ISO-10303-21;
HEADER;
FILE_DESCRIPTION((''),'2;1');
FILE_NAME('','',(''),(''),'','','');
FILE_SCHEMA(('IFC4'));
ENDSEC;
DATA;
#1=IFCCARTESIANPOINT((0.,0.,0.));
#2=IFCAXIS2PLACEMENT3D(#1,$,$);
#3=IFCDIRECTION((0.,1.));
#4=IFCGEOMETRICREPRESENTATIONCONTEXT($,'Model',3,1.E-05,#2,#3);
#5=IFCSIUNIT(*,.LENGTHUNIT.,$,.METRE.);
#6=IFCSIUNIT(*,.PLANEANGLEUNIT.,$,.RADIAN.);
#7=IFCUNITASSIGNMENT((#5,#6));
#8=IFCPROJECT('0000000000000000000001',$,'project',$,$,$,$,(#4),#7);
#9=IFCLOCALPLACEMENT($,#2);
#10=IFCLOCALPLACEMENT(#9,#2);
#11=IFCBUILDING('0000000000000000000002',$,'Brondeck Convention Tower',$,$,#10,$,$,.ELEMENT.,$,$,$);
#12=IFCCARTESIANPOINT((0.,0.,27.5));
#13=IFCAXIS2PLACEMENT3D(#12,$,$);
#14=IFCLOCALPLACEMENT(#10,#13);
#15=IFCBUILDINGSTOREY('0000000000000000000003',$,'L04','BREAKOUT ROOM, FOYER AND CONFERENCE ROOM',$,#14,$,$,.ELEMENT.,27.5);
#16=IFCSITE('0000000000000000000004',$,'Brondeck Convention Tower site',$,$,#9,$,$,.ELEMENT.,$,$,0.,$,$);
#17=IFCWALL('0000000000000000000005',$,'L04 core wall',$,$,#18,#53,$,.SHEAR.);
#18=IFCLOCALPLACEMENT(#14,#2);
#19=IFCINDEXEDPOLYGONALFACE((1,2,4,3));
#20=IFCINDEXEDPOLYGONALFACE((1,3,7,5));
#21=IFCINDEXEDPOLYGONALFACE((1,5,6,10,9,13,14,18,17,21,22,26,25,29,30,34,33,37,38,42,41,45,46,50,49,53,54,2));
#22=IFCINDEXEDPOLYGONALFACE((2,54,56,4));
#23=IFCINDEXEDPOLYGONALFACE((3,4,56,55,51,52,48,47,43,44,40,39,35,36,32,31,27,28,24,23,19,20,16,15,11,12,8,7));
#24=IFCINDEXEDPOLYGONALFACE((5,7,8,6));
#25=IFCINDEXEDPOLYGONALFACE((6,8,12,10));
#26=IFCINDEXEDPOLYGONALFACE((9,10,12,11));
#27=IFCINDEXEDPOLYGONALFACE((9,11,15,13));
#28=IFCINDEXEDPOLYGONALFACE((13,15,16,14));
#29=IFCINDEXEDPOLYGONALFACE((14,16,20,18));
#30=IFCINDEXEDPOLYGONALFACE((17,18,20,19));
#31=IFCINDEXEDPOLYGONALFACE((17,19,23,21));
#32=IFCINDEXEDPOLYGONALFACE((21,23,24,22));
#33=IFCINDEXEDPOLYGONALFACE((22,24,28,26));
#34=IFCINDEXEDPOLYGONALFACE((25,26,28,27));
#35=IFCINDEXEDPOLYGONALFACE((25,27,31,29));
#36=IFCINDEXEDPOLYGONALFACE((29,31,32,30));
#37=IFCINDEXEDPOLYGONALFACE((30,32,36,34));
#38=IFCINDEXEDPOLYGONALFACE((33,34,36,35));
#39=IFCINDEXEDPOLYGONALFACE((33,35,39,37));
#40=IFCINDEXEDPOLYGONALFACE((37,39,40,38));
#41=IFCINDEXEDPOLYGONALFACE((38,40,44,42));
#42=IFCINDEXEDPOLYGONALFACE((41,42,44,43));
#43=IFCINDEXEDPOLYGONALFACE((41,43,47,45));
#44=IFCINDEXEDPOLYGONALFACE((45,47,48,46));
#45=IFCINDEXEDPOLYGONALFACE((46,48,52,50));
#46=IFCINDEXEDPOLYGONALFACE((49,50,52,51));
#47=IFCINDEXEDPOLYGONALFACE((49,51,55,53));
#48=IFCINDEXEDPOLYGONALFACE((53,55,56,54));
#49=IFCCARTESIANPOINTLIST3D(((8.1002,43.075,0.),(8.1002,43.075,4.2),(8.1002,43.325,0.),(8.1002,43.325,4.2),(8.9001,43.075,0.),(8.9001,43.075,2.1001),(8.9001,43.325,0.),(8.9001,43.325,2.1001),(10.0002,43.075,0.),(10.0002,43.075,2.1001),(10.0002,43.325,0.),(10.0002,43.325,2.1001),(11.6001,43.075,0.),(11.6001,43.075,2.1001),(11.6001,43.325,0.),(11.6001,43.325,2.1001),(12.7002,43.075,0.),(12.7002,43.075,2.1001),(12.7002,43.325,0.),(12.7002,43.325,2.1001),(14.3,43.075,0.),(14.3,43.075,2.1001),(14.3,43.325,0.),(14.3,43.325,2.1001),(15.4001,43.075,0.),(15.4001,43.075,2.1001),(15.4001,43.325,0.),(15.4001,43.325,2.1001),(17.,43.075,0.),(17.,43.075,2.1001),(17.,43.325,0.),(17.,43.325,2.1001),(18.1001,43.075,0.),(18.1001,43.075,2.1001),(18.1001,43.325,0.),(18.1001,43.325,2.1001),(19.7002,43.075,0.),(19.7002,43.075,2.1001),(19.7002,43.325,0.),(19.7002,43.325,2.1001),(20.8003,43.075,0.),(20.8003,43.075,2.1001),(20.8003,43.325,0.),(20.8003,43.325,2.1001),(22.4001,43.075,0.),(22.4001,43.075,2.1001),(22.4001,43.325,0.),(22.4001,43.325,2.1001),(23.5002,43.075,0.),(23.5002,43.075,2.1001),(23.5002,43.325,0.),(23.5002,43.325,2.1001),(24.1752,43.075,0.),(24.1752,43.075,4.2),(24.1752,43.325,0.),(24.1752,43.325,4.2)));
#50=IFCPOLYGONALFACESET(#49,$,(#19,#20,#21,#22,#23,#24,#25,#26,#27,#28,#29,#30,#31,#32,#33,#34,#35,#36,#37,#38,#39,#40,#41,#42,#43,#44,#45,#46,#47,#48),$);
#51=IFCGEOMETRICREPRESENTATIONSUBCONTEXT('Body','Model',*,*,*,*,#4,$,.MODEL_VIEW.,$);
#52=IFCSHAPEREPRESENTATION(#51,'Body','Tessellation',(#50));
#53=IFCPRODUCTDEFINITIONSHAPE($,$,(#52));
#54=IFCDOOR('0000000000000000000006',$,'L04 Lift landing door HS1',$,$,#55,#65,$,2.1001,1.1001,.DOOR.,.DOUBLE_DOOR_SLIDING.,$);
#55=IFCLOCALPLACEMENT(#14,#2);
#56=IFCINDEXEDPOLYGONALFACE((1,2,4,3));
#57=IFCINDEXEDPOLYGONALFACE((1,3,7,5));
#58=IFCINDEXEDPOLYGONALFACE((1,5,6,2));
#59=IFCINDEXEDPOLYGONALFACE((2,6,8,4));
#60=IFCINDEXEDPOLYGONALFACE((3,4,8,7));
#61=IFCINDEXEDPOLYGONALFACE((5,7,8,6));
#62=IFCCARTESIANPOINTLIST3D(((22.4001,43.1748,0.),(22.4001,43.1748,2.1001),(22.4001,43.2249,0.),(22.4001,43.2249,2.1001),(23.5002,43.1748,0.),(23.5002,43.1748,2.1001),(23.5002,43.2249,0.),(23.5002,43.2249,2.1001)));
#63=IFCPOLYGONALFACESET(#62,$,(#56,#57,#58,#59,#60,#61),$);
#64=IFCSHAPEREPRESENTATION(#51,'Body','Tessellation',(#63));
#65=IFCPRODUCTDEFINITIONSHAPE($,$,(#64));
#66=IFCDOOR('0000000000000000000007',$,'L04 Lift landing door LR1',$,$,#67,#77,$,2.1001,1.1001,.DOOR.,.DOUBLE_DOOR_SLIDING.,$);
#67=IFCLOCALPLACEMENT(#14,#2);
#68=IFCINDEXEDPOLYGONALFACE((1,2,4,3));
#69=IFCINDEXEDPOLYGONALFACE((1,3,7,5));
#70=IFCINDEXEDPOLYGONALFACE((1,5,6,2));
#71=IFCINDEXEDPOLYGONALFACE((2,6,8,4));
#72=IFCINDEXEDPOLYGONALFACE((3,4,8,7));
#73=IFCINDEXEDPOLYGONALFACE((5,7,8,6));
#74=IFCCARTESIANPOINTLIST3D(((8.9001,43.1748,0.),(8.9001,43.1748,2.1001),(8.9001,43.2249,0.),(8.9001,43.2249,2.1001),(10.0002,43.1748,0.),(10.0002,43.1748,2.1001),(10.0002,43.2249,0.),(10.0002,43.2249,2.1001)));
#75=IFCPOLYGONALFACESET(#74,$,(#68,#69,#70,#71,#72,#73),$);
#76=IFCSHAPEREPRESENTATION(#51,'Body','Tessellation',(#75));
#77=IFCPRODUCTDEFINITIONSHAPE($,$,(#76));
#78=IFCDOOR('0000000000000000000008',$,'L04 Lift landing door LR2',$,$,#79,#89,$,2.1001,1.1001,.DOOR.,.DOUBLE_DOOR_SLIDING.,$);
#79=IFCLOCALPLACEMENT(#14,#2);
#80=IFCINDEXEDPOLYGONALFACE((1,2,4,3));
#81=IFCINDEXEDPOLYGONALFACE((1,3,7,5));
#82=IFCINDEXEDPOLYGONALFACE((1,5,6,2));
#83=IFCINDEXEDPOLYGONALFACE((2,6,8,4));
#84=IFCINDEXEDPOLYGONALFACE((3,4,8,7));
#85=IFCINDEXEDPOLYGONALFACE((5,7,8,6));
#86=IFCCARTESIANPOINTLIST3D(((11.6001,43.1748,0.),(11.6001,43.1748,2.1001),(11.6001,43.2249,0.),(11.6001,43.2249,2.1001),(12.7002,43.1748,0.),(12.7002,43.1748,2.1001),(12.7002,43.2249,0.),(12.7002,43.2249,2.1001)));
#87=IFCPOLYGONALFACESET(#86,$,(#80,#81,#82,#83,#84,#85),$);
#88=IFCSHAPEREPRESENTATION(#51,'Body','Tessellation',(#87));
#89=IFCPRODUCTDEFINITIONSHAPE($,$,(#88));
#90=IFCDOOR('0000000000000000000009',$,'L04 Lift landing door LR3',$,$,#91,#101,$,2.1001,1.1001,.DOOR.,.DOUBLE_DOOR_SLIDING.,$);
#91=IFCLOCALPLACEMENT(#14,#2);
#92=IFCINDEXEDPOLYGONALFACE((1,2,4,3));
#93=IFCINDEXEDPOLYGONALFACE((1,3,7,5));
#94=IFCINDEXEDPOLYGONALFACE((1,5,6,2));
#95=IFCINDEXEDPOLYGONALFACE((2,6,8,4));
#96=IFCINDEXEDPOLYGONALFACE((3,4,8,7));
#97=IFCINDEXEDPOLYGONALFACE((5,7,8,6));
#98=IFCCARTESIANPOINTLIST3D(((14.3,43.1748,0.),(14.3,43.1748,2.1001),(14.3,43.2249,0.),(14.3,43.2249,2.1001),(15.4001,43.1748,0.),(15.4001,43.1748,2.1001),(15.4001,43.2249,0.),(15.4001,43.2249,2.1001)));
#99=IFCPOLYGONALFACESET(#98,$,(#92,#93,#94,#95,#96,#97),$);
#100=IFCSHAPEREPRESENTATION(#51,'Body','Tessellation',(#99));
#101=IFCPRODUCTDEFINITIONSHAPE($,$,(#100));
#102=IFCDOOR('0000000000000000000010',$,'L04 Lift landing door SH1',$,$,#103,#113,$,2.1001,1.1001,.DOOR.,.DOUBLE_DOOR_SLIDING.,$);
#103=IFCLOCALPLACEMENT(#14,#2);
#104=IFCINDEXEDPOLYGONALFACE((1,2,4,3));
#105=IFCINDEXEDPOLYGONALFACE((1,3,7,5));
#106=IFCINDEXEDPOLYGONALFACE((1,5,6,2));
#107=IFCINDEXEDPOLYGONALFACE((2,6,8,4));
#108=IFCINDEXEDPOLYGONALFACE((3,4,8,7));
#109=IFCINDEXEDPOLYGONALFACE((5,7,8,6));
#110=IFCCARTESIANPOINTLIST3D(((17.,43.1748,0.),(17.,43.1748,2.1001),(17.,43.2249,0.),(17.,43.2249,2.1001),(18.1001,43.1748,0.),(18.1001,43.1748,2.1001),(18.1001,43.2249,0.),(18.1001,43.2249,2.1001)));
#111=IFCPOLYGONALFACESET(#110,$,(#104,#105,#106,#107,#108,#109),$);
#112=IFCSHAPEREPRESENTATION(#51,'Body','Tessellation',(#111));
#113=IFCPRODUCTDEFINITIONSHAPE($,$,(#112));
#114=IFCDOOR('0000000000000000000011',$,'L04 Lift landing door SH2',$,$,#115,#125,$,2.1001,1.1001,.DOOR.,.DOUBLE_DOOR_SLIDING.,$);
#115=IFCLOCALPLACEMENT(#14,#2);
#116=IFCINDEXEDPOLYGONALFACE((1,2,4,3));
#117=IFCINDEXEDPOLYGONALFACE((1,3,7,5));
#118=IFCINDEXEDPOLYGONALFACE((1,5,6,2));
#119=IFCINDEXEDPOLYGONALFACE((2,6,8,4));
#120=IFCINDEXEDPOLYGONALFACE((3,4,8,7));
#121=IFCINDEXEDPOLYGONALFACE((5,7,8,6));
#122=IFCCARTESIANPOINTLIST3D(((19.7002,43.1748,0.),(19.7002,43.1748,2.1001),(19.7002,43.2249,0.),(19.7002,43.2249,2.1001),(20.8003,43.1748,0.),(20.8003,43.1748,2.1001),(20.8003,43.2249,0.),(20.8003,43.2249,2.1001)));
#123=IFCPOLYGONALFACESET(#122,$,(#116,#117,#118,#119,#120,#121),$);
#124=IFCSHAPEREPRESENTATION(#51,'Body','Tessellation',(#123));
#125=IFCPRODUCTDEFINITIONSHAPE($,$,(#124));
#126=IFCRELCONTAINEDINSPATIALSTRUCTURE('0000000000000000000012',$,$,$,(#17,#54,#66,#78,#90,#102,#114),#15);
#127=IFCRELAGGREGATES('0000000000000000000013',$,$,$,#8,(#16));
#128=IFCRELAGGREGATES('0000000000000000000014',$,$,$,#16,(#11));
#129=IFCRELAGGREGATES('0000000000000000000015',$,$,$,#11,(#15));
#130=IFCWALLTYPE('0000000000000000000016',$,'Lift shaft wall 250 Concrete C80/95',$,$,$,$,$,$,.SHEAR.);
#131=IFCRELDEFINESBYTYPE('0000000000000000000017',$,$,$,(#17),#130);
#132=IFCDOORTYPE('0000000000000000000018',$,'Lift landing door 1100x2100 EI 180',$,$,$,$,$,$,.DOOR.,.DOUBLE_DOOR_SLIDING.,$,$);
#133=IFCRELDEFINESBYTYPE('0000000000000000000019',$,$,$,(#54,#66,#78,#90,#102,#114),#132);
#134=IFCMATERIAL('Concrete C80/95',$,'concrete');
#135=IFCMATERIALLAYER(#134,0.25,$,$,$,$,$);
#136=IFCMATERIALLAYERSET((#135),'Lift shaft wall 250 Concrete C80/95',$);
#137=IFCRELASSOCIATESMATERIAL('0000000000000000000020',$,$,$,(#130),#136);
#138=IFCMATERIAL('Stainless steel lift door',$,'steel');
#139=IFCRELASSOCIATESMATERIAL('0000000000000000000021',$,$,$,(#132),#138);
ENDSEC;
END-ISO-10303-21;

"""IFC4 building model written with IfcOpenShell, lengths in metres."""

from ifc_helpers import new_model, si_unit, direction, frame, frame_2d, origin, place, context, subcontext, project, spatial, rectangle, extrude, material, layer, layer_set, type_object, element, fill, save


model = new_model("IFC4")

# Units and contexts
model_context = context("Model", 3, precision=1e-05, world=origin(), true_north=direction((0.0, 1.0)))
body_context = subcontext(model_context, "Body", "Model", "MODEL_VIEW")
ifc_project = project(units=[si_unit("LENGTHUNIT", "METRE"), si_unit("PLANEANGLEUNIT", "RADIAN")], contexts=[model_context])

# Site, building, storey
site_placement = place(None, origin())
site = spatial("IfcSite", under=ifc_project, at=site_placement, Name="Brondeck Convention Tower site", CompositionType="ELEMENT", RefElevation=0.0)
building_placement = place(site_placement, origin())
building = spatial("IfcBuilding", under=site, at=building_placement, Name="Brondeck Convention Tower", CompositionType="ELEMENT")
storey_placement = place(building_placement, frame((0.0, 0.0, 27.5)))
storey = spatial("IfcBuildingStorey", under=building, at=storey_placement, Name="L04", Description="BREAKOUT ROOM, FOYER AND CONFERENCE ROOM", CompositionType="ELEMENT", Elevation=27.5)

# Wall, openings, doors
ifc_material_1 = material(Name="Concrete C80/95", Category="concrete")
ifc_layer_1 = layer(ifc_material_1, 0.25)
ifc_layer_set_1 = layer_set([ifc_layer_1], Name="Lift shaft wall 250 Concrete C80/95")
wall_type_1 = type_object("IfcWallType", Name="Lift shaft wall 250 Concrete C80/95", PredefinedType="SHEAR", material=ifc_layer_set_1)
wall_1_placement = place(storey_placement, frame((8.1001, 43.2, 0.0), z_axis=(0.0, 0.0, 1.0), x_axis=(1.0, 0.0, 0.0)))
wall_1 = element("IfcWall", 1, at=wall_1_placement, inside=storey, type_object=wall_type_1, Name="L04 core wall", PredefinedType="SHEAR", context=body_context, shape_type="SweptSolid", body=[
    extrude(rectangle(XDim=16.075, YDim=0.25, at=frame_2d((8.0376, 0.0))), origin(), (0.0, 0.0, 1.0), 4.2),
])
opening_1_placement = place(wall_1_placement, frame((14.3, 0.0, 0.0)))
opening_1 = element("IfcOpeningElement", 2, at=opening_1_placement, cuts=wall_1, PredefinedType="OPENING", context=body_context, shape_type="SweptSolid", body=[
    extrude(rectangle(XDim=1.1001, YDim=2.1001, at=frame_2d((0.55, 1.05))), frame((0.0, 0.135, 0.0), z_axis=(0.0, -1.0, 0.0), x_axis=(1.0, 0.0, 0.0)), (0.0, 0.0, 1.0), 0.27),
])
opening_2_placement = place(wall_1_placement, frame((0.8, 0.0, 0.0)))
opening_2 = element("IfcOpeningElement", 3, at=opening_2_placement, cuts=wall_1, PredefinedType="OPENING", context=body_context, shape_type="SweptSolid", body=[
    extrude(rectangle(XDim=1.1001, YDim=2.1001, at=frame_2d((0.55, 1.05))), frame((0.0, 0.135, 0.0), z_axis=(0.0, -1.0, 0.0), x_axis=(1.0, 0.0, 0.0)), (0.0, 0.0, 1.0), 0.27),
])
opening_3_placement = place(wall_1_placement, frame((3.5, 0.0, 0.0)))
opening_3 = element("IfcOpeningElement", 4, at=opening_3_placement, cuts=wall_1, PredefinedType="OPENING", context=body_context, shape_type="SweptSolid", body=[
    extrude(rectangle(XDim=1.1001, YDim=2.1001, at=frame_2d((0.55, 1.05))), frame((0.0, 0.135, 0.0), z_axis=(0.0, -1.0, 0.0), x_axis=(1.0, 0.0, 0.0)), (0.0, 0.0, 1.0), 0.27),
])
opening_4_placement = place(wall_1_placement, frame((6.2, 0.0, 0.0)))
opening_4 = element("IfcOpeningElement", 5, at=opening_4_placement, cuts=wall_1, PredefinedType="OPENING", context=body_context, shape_type="SweptSolid", body=[
    extrude(rectangle(XDim=1.1001, YDim=2.1001, at=frame_2d((0.55, 1.05))), frame((0.0, 0.135, 0.0), z_axis=(0.0, -1.0, 0.0), x_axis=(1.0, 0.0, 0.0)), (0.0, 0.0, 1.0), 0.27),
])
opening_5_placement = place(wall_1_placement, frame((8.8999, 0.0, 0.0)))
opening_5 = element("IfcOpeningElement", 6, at=opening_5_placement, cuts=wall_1, PredefinedType="OPENING", context=body_context, shape_type="SweptSolid", body=[
    extrude(rectangle(XDim=1.1001, YDim=2.1001, at=frame_2d((0.55, 1.05))), frame((0.0, 0.135, 0.0), z_axis=(0.0, -1.0, 0.0), x_axis=(1.0, 0.0, 0.0)), (0.0, 0.0, 1.0), 0.27),
])
opening_6_placement = place(wall_1_placement, frame((11.6001, 0.0, 0.0)))
opening_6 = element("IfcOpeningElement", 7, at=opening_6_placement, cuts=wall_1, PredefinedType="OPENING", context=body_context, shape_type="SweptSolid", body=[
    extrude(rectangle(XDim=1.1001, YDim=2.1001, at=frame_2d((0.55, 1.05))), frame((0.0, 0.135, 0.0), z_axis=(0.0, -1.0, 0.0), x_axis=(1.0, 0.0, 0.0)), (0.0, 0.0, 1.0), 0.27),
])
ifc_material_2 = material(Name="Stainless steel lift door", Category="steel")
door_type_1 = type_object("IfcDoorType", Name="Lift landing door 1100x2100 EI 180", OperationType="DOUBLE_DOOR_SLIDING", PredefinedType="DOOR", material=ifc_material_2)
door_1_placement = place(opening_1_placement, origin())
door_1 = element("IfcDoor", 8, at=door_1_placement, inside=storey, type_object=door_type_1, Name="L04 Lift landing door HS1", OperationType="DOUBLE_DOOR_SLIDING", OverallHeight=2.1001, OverallWidth=1.1001, PredefinedType="DOOR", context=body_context, shape_type="SweptSolid", body=[
    extrude(rectangle(XDim=1.1001, YDim=2.1001, at=frame_2d((0.55, 1.05))), frame((0.0, 0.0249, 0.0), z_axis=(0.0, -1.0, 0.0), x_axis=(1.0, 0.0, 0.0)), (0.0, 0.0, 1.0), 0.05),
])
fill(opening_1, door_1)
door_2_placement = place(opening_2_placement, origin())
door_2 = element("IfcDoor", 9, at=door_2_placement, inside=storey, type_object=door_type_1, Name="L04 Lift landing door LR1", OperationType="DOUBLE_DOOR_SLIDING", OverallHeight=2.1001, OverallWidth=1.1001, PredefinedType="DOOR", context=body_context, shape_type="SweptSolid", body=[
    extrude(rectangle(XDim=1.1001, YDim=2.1001, at=frame_2d((0.55, 1.05))), frame((0.0, 0.0249, 0.0), z_axis=(0.0, -1.0, 0.0), x_axis=(1.0, 0.0, 0.0)), (0.0, 0.0, 1.0), 0.05),
])
fill(opening_2, door_2)
door_3_placement = place(opening_3_placement, origin())
door_3 = element("IfcDoor", 10, at=door_3_placement, inside=storey, type_object=door_type_1, Name="L04 Lift landing door LR2", OperationType="DOUBLE_DOOR_SLIDING", OverallHeight=2.1001, OverallWidth=1.1001, PredefinedType="DOOR", context=body_context, shape_type="SweptSolid", body=[
    extrude(rectangle(XDim=1.1001, YDim=2.1001, at=frame_2d((0.55, 1.05))), frame((0.0, 0.0249, 0.0), z_axis=(0.0, -1.0, 0.0), x_axis=(1.0, 0.0, 0.0)), (0.0, 0.0, 1.0), 0.05),
])
fill(opening_3, door_3)
door_4_placement = place(opening_4_placement, origin())
door_4 = element("IfcDoor", 11, at=door_4_placement, inside=storey, type_object=door_type_1, Name="L04 Lift landing door LR3", OperationType="DOUBLE_DOOR_SLIDING", OverallHeight=2.1001, OverallWidth=1.1001, PredefinedType="DOOR", context=body_context, shape_type="SweptSolid", body=[
    extrude(rectangle(XDim=1.1001, YDim=2.1001, at=frame_2d((0.55, 1.05))), frame((0.0, 0.0249, 0.0), z_axis=(0.0, -1.0, 0.0), x_axis=(1.0, 0.0, 0.0)), (0.0, 0.0, 1.0), 0.05),
])
fill(opening_4, door_4)
door_5_placement = place(opening_5_placement, origin())
door_5 = element("IfcDoor", 12, at=door_5_placement, inside=storey, type_object=door_type_1, Name="L04 Lift landing door SH1", OperationType="DOUBLE_DOOR_SLIDING", OverallHeight=2.1001, OverallWidth=1.1001, PredefinedType="DOOR", context=body_context, shape_type="SweptSolid", body=[
    extrude(rectangle(XDim=1.1001, YDim=2.1001, at=frame_2d((0.55, 1.05))), frame((0.0, 0.0249, 0.0), z_axis=(0.0, -1.0, 0.0), x_axis=(1.0, 0.0, 0.0)), (0.0, 0.0, 1.0), 0.05),
])
fill(opening_5, door_5)
door_6_placement = place(opening_6_placement, origin())
door_6 = element("IfcDoor", 13, at=door_6_placement, inside=storey, type_object=door_type_1, Name="L04 Lift landing door SH2", OperationType="DOUBLE_DOOR_SLIDING", OverallHeight=2.1001, OverallWidth=1.1001, PredefinedType="DOOR", context=body_context, shape_type="SweptSolid", body=[
    extrude(rectangle(XDim=1.1001, YDim=2.1001, at=frame_2d((0.55, 1.05))), frame((0.0, 0.0249, 0.0), z_axis=(0.0, -1.0, 0.0), x_axis=(1.0, 0.0, 0.0)), (0.0, 0.0, 1.0), 0.05),
])
fill(opening_6, door_6)

save(model, "model.ifc")
